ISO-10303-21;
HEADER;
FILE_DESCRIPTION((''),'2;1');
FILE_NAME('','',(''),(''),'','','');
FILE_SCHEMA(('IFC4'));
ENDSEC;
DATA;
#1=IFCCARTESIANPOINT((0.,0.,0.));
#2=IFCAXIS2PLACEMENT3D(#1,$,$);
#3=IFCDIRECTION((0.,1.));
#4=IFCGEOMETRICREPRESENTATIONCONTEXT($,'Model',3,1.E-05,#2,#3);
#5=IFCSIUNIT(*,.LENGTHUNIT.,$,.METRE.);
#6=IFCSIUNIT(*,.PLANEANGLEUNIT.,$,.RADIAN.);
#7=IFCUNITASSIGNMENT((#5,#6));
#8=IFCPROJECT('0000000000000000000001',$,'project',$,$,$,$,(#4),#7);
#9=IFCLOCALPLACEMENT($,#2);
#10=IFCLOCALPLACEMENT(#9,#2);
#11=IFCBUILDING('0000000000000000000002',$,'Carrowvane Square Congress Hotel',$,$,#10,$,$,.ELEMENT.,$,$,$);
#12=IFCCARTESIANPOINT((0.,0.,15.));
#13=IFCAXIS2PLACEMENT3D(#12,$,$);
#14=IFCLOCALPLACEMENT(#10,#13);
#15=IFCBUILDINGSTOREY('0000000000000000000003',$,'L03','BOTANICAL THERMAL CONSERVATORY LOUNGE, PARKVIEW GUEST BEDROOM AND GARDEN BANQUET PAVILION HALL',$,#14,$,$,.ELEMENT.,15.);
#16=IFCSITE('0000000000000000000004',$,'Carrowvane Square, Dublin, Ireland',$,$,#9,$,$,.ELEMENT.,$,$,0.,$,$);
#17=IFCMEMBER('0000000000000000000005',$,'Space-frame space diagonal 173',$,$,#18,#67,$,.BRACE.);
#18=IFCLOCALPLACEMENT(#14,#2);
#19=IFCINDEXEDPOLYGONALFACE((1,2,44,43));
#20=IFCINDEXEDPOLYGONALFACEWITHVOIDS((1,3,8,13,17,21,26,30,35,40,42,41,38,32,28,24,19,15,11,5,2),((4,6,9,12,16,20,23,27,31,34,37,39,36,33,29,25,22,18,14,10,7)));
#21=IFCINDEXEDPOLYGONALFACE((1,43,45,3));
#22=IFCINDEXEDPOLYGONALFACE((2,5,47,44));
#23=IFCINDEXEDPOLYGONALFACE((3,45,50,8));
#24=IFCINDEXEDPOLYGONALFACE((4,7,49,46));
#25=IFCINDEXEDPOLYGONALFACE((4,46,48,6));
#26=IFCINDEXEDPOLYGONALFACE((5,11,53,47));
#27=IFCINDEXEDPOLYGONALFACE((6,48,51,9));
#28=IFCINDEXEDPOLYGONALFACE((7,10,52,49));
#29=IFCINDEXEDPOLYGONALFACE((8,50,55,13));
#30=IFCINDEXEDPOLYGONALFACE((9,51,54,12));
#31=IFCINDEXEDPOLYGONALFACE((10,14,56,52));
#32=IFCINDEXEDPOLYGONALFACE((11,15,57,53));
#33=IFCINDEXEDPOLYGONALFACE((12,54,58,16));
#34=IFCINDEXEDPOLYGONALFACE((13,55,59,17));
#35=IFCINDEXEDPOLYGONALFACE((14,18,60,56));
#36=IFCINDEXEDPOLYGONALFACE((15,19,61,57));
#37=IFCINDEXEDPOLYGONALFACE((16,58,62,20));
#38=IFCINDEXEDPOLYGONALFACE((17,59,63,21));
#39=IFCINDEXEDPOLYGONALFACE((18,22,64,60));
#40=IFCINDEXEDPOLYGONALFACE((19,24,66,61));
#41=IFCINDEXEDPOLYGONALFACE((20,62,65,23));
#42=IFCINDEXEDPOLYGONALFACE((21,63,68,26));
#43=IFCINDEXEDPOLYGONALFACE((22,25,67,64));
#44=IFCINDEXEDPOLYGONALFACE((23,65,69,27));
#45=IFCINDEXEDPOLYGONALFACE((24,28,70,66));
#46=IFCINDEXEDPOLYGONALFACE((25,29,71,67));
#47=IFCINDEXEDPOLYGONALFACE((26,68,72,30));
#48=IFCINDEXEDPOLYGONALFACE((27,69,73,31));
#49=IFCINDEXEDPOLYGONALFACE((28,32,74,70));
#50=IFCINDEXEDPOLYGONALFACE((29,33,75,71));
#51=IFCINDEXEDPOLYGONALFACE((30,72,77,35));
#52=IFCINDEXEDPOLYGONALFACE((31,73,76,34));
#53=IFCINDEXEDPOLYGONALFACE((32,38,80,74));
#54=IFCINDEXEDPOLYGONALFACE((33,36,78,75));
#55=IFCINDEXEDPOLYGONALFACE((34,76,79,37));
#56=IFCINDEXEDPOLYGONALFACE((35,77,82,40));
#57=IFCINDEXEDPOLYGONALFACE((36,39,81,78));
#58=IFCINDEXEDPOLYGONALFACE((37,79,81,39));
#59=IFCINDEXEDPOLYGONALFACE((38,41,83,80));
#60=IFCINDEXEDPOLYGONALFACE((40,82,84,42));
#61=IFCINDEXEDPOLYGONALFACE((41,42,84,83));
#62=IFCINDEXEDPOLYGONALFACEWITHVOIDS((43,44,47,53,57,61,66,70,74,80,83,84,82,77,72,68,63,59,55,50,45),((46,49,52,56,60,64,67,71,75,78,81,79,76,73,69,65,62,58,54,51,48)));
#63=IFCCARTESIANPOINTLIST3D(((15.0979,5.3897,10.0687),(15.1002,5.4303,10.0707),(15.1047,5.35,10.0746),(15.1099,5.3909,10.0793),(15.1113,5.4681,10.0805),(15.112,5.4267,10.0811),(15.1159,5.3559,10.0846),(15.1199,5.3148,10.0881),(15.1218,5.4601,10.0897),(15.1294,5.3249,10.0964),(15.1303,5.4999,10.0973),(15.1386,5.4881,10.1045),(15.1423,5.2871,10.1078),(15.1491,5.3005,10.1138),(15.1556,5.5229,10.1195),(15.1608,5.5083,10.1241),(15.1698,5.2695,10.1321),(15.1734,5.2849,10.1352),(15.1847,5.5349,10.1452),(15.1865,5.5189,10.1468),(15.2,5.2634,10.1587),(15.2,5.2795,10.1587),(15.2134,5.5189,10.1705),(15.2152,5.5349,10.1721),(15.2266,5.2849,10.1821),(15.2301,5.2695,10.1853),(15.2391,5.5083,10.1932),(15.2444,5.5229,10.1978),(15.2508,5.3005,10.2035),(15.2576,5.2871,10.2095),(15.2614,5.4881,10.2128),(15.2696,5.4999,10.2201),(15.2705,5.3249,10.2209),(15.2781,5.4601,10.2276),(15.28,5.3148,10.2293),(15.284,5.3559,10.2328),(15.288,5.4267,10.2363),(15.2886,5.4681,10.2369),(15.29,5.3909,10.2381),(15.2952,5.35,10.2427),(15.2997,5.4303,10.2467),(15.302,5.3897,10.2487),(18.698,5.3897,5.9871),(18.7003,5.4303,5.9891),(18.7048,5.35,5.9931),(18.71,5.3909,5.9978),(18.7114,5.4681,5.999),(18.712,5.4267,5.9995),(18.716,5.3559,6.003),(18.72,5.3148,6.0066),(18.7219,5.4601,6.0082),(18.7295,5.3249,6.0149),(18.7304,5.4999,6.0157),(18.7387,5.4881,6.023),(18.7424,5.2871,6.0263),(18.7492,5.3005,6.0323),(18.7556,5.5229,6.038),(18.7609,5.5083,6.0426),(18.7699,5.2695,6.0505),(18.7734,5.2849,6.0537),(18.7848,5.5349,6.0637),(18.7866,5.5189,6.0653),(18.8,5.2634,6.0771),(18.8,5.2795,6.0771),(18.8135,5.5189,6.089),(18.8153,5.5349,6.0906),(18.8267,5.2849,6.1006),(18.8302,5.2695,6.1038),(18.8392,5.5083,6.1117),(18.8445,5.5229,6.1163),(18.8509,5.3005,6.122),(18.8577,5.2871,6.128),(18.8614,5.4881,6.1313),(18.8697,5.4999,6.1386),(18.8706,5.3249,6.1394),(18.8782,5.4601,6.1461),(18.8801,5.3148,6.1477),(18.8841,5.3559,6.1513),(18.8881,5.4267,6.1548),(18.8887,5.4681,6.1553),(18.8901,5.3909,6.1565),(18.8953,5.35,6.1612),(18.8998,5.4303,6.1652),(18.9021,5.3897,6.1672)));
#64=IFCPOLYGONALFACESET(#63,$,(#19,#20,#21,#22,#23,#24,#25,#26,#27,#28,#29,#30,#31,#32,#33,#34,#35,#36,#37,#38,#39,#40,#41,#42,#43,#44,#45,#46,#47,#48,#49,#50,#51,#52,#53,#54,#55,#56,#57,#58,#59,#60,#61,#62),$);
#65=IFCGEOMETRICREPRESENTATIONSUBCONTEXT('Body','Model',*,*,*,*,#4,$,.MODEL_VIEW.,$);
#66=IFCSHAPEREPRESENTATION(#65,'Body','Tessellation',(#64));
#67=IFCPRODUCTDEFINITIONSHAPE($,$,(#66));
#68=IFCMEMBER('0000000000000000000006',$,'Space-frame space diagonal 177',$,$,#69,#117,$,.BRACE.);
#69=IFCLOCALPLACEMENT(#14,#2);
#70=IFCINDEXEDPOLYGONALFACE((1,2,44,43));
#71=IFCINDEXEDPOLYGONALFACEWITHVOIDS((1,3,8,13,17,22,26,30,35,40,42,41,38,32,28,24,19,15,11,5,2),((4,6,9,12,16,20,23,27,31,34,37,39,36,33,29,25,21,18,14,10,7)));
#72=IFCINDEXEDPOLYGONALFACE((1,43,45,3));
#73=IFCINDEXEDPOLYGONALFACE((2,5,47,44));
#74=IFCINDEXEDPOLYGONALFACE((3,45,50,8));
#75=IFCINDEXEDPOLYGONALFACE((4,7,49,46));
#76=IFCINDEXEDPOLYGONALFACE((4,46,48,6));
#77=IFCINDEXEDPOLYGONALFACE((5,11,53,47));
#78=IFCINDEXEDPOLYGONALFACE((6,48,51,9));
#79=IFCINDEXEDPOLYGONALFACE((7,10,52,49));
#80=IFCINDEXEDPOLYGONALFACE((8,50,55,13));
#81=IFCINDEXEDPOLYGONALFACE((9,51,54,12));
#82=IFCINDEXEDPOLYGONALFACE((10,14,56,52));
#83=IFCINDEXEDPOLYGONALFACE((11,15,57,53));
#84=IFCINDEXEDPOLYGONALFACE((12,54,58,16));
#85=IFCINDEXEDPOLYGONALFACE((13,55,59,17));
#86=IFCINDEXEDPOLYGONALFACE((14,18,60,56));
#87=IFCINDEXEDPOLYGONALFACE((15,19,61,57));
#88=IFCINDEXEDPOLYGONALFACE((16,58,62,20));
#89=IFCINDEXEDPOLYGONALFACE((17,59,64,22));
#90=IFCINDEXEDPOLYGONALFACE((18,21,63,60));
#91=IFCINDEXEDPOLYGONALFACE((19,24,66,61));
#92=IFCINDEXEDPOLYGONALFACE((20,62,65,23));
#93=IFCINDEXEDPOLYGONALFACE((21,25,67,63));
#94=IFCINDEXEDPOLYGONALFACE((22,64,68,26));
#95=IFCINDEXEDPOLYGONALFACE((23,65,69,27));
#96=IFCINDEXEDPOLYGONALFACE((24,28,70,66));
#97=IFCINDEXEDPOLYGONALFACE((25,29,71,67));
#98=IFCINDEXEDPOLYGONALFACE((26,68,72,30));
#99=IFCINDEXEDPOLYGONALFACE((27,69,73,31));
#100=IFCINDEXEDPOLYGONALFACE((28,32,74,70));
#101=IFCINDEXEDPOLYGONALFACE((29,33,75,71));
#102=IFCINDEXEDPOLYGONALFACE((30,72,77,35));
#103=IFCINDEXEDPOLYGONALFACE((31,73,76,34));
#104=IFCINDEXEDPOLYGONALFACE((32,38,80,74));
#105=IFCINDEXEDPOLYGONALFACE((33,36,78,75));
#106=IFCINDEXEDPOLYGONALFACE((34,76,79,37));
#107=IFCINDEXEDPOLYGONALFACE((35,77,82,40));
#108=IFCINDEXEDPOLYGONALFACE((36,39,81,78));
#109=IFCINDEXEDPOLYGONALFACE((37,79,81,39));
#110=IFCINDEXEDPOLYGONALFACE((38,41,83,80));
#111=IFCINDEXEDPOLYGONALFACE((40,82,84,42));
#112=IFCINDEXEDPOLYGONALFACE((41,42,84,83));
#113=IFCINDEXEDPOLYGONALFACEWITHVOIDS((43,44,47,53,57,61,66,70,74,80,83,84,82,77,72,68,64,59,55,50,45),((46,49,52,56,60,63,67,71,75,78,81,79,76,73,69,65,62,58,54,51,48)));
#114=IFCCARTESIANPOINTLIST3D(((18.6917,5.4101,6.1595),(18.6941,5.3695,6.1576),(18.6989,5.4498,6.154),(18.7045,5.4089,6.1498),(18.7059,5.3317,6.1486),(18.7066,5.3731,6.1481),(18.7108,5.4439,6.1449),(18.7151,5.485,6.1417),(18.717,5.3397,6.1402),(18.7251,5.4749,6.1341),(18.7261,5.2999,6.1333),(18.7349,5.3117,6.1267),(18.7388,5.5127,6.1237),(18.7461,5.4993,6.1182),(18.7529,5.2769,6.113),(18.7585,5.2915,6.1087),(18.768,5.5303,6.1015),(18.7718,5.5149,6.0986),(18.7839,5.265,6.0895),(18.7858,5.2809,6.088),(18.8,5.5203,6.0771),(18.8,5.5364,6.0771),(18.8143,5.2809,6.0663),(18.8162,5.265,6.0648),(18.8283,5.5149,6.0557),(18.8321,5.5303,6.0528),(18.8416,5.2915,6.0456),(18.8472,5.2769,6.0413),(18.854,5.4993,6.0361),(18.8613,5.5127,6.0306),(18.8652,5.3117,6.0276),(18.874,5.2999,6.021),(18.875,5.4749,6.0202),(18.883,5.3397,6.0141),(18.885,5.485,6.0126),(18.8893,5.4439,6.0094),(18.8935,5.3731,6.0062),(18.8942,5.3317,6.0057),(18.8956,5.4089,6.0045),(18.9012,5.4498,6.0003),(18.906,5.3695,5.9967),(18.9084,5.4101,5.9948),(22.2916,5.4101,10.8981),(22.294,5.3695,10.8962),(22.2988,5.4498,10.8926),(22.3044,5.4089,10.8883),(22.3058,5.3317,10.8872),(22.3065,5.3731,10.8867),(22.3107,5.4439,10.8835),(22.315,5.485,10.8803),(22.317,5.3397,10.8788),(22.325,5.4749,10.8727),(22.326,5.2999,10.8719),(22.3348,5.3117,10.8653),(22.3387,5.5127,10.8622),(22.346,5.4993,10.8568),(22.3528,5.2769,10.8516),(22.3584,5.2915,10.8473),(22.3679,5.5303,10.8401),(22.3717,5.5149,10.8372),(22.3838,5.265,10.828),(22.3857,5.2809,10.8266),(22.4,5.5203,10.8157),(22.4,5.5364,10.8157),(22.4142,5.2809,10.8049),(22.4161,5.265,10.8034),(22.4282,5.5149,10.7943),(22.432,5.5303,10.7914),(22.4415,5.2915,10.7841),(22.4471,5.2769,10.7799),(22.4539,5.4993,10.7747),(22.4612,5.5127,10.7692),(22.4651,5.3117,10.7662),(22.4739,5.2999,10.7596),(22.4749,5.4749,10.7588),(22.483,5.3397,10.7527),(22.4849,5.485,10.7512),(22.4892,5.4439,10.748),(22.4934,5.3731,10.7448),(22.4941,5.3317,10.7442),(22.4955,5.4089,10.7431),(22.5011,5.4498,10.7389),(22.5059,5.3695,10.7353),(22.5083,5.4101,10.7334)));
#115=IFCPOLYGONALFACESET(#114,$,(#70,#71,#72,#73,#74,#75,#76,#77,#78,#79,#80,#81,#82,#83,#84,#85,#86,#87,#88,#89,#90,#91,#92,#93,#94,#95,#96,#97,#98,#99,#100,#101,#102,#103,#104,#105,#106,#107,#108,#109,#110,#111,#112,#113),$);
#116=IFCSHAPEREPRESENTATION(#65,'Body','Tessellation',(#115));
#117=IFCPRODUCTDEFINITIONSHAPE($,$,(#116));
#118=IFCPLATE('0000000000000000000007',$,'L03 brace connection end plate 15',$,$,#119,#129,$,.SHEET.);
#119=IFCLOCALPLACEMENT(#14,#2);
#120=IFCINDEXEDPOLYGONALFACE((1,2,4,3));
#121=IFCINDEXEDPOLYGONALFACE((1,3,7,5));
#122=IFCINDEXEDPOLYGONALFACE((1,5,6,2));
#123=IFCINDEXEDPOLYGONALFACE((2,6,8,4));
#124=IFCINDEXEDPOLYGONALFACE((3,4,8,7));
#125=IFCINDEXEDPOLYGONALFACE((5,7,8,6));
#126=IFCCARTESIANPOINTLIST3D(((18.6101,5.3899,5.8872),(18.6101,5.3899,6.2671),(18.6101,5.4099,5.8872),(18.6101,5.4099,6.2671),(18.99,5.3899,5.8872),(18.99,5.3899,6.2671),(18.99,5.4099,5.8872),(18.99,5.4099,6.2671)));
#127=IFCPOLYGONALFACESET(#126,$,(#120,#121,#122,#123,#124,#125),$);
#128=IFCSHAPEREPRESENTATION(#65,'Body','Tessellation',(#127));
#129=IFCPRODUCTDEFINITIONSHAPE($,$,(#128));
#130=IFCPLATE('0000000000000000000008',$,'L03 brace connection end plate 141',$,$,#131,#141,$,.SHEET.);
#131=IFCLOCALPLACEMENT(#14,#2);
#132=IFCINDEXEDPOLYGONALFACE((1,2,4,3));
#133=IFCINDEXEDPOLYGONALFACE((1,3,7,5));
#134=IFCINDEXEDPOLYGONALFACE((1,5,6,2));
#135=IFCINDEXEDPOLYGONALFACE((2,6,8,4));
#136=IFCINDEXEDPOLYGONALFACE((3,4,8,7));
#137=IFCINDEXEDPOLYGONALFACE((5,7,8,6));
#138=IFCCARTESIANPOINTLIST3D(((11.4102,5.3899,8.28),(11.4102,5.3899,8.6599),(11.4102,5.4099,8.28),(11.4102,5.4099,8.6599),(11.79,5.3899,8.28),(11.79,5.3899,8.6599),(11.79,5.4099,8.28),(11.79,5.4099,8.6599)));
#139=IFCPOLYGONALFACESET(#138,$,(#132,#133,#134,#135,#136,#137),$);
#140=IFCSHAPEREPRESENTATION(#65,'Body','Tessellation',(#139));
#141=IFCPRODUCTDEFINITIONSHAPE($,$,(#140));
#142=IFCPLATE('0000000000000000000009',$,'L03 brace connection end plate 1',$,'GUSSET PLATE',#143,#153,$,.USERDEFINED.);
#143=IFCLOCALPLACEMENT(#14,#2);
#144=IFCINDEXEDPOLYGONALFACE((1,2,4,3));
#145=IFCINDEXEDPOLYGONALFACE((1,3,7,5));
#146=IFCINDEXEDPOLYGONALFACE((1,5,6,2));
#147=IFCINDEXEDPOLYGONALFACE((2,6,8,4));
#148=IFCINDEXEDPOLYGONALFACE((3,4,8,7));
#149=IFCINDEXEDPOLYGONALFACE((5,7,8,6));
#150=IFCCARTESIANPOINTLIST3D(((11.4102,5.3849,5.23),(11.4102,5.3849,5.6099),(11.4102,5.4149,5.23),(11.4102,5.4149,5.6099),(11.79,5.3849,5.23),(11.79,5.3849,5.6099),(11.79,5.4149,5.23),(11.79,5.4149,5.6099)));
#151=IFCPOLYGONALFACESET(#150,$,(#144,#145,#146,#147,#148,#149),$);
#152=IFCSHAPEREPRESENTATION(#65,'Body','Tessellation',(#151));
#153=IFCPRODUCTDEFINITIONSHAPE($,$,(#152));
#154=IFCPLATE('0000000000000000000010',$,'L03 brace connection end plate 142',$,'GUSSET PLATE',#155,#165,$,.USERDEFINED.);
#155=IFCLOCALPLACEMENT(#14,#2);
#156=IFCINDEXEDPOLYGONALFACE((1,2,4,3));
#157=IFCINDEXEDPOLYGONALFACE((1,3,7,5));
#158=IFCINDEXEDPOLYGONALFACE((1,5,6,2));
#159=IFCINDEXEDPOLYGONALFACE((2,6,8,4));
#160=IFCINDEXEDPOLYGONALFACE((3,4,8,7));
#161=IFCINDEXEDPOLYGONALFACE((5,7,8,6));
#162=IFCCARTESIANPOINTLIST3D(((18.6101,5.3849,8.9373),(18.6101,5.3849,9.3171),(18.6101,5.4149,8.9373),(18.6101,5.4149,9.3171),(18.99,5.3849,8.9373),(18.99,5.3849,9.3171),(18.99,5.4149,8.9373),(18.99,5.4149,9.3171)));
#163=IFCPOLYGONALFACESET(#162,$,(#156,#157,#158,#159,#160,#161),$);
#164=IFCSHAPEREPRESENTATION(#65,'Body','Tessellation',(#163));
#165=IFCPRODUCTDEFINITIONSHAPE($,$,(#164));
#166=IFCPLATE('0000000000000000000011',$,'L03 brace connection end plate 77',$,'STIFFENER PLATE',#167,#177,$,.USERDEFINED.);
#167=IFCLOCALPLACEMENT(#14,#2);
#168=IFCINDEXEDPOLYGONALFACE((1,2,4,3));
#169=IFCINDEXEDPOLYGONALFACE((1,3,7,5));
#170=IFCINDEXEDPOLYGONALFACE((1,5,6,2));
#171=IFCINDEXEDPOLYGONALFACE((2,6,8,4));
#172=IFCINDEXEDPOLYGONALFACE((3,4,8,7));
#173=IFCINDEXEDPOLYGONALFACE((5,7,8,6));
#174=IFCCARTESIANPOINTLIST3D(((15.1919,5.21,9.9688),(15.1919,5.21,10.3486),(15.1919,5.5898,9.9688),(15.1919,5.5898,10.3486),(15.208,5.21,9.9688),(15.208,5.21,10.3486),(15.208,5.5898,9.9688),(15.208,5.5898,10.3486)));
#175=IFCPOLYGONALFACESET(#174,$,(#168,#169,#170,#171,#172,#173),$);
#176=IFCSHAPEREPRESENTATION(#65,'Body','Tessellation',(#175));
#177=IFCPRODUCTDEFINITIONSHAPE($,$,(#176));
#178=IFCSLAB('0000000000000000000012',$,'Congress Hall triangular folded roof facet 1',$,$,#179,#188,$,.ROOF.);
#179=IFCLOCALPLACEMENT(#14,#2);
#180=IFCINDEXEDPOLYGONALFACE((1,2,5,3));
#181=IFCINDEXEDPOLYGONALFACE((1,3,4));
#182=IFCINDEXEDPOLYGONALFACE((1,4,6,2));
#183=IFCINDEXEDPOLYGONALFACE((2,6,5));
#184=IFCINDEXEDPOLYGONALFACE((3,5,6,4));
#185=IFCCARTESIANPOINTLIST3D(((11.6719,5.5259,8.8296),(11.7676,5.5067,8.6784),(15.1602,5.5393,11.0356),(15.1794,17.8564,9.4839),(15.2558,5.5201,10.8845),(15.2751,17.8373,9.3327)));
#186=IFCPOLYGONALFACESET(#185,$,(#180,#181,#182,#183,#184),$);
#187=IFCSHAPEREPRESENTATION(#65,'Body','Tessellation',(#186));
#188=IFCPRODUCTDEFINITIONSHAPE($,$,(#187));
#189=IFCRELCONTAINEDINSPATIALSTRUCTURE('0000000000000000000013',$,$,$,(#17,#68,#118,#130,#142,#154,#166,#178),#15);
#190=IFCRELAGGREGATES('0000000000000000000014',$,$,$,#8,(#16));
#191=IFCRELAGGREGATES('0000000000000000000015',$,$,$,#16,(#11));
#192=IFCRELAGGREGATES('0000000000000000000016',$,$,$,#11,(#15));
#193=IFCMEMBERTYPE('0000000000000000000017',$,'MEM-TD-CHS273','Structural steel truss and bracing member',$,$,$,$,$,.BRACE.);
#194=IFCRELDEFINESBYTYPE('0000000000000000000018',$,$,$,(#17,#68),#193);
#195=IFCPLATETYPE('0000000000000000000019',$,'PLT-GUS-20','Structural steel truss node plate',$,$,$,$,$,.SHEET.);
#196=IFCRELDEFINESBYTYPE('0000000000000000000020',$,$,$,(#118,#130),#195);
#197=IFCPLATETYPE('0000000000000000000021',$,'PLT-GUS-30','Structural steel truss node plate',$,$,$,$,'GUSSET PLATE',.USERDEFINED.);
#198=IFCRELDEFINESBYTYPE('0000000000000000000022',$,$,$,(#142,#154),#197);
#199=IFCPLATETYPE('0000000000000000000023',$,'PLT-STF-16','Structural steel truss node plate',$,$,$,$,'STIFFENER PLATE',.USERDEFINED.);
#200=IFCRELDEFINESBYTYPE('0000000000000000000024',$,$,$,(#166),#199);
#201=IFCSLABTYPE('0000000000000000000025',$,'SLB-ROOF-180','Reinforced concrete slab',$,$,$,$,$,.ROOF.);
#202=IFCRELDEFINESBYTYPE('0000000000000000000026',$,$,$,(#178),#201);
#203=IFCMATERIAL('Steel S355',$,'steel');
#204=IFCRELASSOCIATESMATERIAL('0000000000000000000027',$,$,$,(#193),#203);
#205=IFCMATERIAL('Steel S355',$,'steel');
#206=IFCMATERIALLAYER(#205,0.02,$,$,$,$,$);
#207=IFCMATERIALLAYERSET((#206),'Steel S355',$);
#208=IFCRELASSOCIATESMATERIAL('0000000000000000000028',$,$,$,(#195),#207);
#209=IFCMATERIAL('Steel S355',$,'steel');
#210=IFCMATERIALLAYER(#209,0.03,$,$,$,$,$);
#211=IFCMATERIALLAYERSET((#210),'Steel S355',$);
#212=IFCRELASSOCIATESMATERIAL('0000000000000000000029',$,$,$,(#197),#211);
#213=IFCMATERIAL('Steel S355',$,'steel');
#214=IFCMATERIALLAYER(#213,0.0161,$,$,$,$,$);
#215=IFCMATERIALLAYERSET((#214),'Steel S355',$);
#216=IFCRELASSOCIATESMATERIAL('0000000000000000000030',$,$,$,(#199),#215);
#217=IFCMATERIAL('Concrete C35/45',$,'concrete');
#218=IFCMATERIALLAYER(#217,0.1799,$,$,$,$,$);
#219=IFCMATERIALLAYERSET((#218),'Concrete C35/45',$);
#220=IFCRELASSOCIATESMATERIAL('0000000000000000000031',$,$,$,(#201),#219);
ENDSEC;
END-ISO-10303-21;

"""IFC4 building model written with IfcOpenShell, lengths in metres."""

from ifc_helpers import new_model, si_unit, direction, frame, origin, origin_2d, place, context, subcontext, project, spatial, polyline, rectangle, hollow_circle, outline, extrude, material, layer, layer_set, material_profile, profile_set, type_object, element, save


model = new_model("IFC4")

# Units and contexts
model_context = context("Model", 3, precision=1e-05, world=origin(), true_north=direction((0.0, 1.0)))
body_context = subcontext(model_context, "Body", "Model", "MODEL_VIEW")
ifc_project = project(units=[si_unit("LENGTHUNIT", "METRE"), si_unit("PLANEANGLEUNIT", "RADIAN")], contexts=[model_context])

# Site, building, storey
site_placement = place(None, origin())
site = spatial("IfcSite", under=ifc_project, at=site_placement, Name="Carrowvane Square, Dublin, Ireland", CompositionType="ELEMENT", RefElevation=0.0)
building_placement = place(site_placement, origin())
building = spatial("IfcBuilding", under=site, at=building_placement, Name="Carrowvane Square Congress Hotel", CompositionType="ELEMENT")
storey_placement = place(building_placement, frame((0.0, 0.0, 15.0)))
storey = spatial("IfcBuildingStorey", under=building, at=storey_placement, Name="L03", Description="BOTANICAL THERMAL CONSERVATORY LOUNGE, PARKVIEW GUEST BEDROOM AND GARDEN BANQUET PAVILION HALL", CompositionType="ELEMENT", Elevation=15.0)

# Members
ifc_material_1 = material(Name="Steel S355", Category="steel")
ifc_material_profile_1 = material_profile(ifc_material_1, hollow_circle(Radius=0.1365, WallThickness=0.0161, at=origin_2d()), Name="CHS 273.0x16")
ifc_profile_set_1 = profile_set([ifc_material_profile_1], Name="Steel S355")
member_type_1 = type_object("IfcMemberType", Name="MEM-TD-CHS273", Description="Structural steel truss and bracing member", PredefinedType="BRACE", material=ifc_profile_set_1)
member_1_placement = place(storey_placement, frame((18.8, 5.3999, 6.0771), z_axis=(-0.661491, 0.0, 0.749953), x_axis=(0.0, -1.0, 0.0)))
element("IfcMember", 1, at=member_1_placement, inside=storey, type_object=member_type_1, Name="Space-frame space diagonal 173", PredefinedType="BRACE", context=body_context, shape_type="SweptSolid", body=[
    extrude(hollow_circle(Radius=0.1365, WallThickness=0.0161, at=origin_2d()), origin(), (0.0, 0.0, 1.0), 5.4424),
])
member_2_placement = place(storey_placement, frame((18.8, 5.3999, 6.0771), z_axis=(0.604931, 0.0, 0.796278), x_axis=(0.0, 1.0, 0.0)))
element("IfcMember", 2, at=member_2_placement, inside=storey, type_object=member_type_1, Name="Space-frame space diagonal 177", PredefinedType="BRACE", context=body_context, shape_type="SweptSolid", body=[
    extrude(hollow_circle(Radius=0.1365, WallThickness=0.0161, at=origin_2d()), origin(), (0.0, 0.0, 1.0), 5.9509),
])

# Plates
ifc_material_2 = material(Name="Steel S355", Category="steel")
ifc_layer_1 = layer(ifc_material_2, 0.02)
ifc_layer_set_1 = layer_set([ifc_layer_1], Name="Steel S355")
plate_type_1 = type_object("IfcPlateType", Name="PLT-GUS-20", Description="Structural steel truss node plate", PredefinedType="SHEET", material=ifc_layer_set_1)
for number, where, z_axis, x_axis, name in (
    (3, (18.8, 5.3999, 5.8872), (0.0, 0.0, 1.0), (1.0, 0.0, 0.0), "L03 brace connection end plate 15"),
    (4, (11.6001, 5.3999, 8.28), (0.0, 0.0, 1.0), (1.0, 0.0, 0.0), "L03 brace connection end plate 141"),
):
    element("IfcPlate", number, at=place(storey_placement, frame(where, z_axis=z_axis, x_axis=x_axis)), inside=storey, type_object=plate_type_1, Name=name, PredefinedType="SHEET", context=body_context, shape_type="SweptSolid", body=[
        extrude(rectangle(XDim=0.3799, YDim=0.02, at=origin_2d()), origin(), (0.0, 0.0, 1.0), 0.3799),
    ])
ifc_material_3 = material(Name="Steel S355", Category="steel")
ifc_layer_2 = layer(ifc_material_3, 0.03)
ifc_layer_set_2 = layer_set([ifc_layer_2], Name="Steel S355")
plate_type_2 = type_object("IfcPlateType", Name="PLT-GUS-30", Description="Structural steel truss node plate", ElementType="GUSSET PLATE", PredefinedType="USERDEFINED", material=ifc_layer_set_2)
for number, where, z_axis, x_axis, name in (
    (5, (11.6001, 5.3999, 5.23), (0.0, 0.0, 1.0), (1.0, 0.0, 0.0), "L03 brace connection end plate 1"),
    (6, (18.8, 5.3999, 8.9373), (0.0, 0.0, 1.0), (1.0, 0.0, 0.0), "L03 brace connection end plate 142"),
):
    element("IfcPlate", number, at=place(storey_placement, frame(where, z_axis=z_axis, x_axis=x_axis)), inside=storey, type_object=plate_type_2, Name=name, ObjectType="GUSSET PLATE", PredefinedType="USERDEFINED", context=body_context, shape_type="SweptSolid", body=[
        extrude(rectangle(XDim=0.3799, YDim=0.03, at=origin_2d()), origin(), (0.0, 0.0, 1.0), 0.3799),
    ])
ifc_material_4 = material(Name="Steel S355", Category="steel")
ifc_layer_3 = layer(ifc_material_4, 0.0161)
ifc_layer_set_3 = layer_set([ifc_layer_3], Name="Steel S355")
plate_type_3 = type_object("IfcPlateType", Name="PLT-STF-16", Description="Structural steel truss node plate", ElementType="STIFFENER PLATE", PredefinedType="USERDEFINED", material=ifc_layer_set_3)
plate_placement = place(storey_placement, frame((15.2, 5.3999, 9.9688), z_axis=(0.0, 0.0, 1.0), x_axis=(1.0, 0.0, 0.0)))
element("IfcPlate", 7, at=plate_placement, inside=storey, type_object=plate_type_3, Name="L03 brace connection end plate 77", ObjectType="STIFFENER PLATE", PredefinedType="USERDEFINED", context=body_context, shape_type="SweptSolid", body=[
    extrude(rectangle(XDim=0.0161, YDim=0.3799, at=origin_2d()), origin(), (0.0, 0.0, 1.0), 0.3799),
])

# Slab
ifc_material_5 = material(Name="Concrete C35/45", Category="concrete")
ifc_layer_4 = layer(ifc_material_5, 0.1799)
ifc_layer_set_4 = layer_set([ifc_layer_4], Name="Concrete C35/45")
slab_type = type_object("IfcSlabType", Name="SLB-ROOF-180", Description="Reinforced concrete slab", PredefinedType="ROOF", material=ifc_layer_set_4)
slab_1_placement = place(storey_placement, frame((11.6719, 5.5259, 8.8296), z_axis=(-0.531743, 0.106679, 0.84016), x_axis=(0.845164, 0.003253, 0.534497)))
element("IfcSlab", 8, at=slab_1_placement, inside=storey, type_object=slab_type, Name="Congress Hall triangular folded roof facet 1", PredefinedType="ROOF", context=body_context, shape_type="SweptSolid", body=[
    extrude(outline(polyline([(0.0, 0.0), (4.1273, 0.0), (3.3543, 12.3904), (0.0, 0.0)])), origin(), (0.0, 0.0, -1.0), 0.1799),
])

save(model, "model.ifc")
